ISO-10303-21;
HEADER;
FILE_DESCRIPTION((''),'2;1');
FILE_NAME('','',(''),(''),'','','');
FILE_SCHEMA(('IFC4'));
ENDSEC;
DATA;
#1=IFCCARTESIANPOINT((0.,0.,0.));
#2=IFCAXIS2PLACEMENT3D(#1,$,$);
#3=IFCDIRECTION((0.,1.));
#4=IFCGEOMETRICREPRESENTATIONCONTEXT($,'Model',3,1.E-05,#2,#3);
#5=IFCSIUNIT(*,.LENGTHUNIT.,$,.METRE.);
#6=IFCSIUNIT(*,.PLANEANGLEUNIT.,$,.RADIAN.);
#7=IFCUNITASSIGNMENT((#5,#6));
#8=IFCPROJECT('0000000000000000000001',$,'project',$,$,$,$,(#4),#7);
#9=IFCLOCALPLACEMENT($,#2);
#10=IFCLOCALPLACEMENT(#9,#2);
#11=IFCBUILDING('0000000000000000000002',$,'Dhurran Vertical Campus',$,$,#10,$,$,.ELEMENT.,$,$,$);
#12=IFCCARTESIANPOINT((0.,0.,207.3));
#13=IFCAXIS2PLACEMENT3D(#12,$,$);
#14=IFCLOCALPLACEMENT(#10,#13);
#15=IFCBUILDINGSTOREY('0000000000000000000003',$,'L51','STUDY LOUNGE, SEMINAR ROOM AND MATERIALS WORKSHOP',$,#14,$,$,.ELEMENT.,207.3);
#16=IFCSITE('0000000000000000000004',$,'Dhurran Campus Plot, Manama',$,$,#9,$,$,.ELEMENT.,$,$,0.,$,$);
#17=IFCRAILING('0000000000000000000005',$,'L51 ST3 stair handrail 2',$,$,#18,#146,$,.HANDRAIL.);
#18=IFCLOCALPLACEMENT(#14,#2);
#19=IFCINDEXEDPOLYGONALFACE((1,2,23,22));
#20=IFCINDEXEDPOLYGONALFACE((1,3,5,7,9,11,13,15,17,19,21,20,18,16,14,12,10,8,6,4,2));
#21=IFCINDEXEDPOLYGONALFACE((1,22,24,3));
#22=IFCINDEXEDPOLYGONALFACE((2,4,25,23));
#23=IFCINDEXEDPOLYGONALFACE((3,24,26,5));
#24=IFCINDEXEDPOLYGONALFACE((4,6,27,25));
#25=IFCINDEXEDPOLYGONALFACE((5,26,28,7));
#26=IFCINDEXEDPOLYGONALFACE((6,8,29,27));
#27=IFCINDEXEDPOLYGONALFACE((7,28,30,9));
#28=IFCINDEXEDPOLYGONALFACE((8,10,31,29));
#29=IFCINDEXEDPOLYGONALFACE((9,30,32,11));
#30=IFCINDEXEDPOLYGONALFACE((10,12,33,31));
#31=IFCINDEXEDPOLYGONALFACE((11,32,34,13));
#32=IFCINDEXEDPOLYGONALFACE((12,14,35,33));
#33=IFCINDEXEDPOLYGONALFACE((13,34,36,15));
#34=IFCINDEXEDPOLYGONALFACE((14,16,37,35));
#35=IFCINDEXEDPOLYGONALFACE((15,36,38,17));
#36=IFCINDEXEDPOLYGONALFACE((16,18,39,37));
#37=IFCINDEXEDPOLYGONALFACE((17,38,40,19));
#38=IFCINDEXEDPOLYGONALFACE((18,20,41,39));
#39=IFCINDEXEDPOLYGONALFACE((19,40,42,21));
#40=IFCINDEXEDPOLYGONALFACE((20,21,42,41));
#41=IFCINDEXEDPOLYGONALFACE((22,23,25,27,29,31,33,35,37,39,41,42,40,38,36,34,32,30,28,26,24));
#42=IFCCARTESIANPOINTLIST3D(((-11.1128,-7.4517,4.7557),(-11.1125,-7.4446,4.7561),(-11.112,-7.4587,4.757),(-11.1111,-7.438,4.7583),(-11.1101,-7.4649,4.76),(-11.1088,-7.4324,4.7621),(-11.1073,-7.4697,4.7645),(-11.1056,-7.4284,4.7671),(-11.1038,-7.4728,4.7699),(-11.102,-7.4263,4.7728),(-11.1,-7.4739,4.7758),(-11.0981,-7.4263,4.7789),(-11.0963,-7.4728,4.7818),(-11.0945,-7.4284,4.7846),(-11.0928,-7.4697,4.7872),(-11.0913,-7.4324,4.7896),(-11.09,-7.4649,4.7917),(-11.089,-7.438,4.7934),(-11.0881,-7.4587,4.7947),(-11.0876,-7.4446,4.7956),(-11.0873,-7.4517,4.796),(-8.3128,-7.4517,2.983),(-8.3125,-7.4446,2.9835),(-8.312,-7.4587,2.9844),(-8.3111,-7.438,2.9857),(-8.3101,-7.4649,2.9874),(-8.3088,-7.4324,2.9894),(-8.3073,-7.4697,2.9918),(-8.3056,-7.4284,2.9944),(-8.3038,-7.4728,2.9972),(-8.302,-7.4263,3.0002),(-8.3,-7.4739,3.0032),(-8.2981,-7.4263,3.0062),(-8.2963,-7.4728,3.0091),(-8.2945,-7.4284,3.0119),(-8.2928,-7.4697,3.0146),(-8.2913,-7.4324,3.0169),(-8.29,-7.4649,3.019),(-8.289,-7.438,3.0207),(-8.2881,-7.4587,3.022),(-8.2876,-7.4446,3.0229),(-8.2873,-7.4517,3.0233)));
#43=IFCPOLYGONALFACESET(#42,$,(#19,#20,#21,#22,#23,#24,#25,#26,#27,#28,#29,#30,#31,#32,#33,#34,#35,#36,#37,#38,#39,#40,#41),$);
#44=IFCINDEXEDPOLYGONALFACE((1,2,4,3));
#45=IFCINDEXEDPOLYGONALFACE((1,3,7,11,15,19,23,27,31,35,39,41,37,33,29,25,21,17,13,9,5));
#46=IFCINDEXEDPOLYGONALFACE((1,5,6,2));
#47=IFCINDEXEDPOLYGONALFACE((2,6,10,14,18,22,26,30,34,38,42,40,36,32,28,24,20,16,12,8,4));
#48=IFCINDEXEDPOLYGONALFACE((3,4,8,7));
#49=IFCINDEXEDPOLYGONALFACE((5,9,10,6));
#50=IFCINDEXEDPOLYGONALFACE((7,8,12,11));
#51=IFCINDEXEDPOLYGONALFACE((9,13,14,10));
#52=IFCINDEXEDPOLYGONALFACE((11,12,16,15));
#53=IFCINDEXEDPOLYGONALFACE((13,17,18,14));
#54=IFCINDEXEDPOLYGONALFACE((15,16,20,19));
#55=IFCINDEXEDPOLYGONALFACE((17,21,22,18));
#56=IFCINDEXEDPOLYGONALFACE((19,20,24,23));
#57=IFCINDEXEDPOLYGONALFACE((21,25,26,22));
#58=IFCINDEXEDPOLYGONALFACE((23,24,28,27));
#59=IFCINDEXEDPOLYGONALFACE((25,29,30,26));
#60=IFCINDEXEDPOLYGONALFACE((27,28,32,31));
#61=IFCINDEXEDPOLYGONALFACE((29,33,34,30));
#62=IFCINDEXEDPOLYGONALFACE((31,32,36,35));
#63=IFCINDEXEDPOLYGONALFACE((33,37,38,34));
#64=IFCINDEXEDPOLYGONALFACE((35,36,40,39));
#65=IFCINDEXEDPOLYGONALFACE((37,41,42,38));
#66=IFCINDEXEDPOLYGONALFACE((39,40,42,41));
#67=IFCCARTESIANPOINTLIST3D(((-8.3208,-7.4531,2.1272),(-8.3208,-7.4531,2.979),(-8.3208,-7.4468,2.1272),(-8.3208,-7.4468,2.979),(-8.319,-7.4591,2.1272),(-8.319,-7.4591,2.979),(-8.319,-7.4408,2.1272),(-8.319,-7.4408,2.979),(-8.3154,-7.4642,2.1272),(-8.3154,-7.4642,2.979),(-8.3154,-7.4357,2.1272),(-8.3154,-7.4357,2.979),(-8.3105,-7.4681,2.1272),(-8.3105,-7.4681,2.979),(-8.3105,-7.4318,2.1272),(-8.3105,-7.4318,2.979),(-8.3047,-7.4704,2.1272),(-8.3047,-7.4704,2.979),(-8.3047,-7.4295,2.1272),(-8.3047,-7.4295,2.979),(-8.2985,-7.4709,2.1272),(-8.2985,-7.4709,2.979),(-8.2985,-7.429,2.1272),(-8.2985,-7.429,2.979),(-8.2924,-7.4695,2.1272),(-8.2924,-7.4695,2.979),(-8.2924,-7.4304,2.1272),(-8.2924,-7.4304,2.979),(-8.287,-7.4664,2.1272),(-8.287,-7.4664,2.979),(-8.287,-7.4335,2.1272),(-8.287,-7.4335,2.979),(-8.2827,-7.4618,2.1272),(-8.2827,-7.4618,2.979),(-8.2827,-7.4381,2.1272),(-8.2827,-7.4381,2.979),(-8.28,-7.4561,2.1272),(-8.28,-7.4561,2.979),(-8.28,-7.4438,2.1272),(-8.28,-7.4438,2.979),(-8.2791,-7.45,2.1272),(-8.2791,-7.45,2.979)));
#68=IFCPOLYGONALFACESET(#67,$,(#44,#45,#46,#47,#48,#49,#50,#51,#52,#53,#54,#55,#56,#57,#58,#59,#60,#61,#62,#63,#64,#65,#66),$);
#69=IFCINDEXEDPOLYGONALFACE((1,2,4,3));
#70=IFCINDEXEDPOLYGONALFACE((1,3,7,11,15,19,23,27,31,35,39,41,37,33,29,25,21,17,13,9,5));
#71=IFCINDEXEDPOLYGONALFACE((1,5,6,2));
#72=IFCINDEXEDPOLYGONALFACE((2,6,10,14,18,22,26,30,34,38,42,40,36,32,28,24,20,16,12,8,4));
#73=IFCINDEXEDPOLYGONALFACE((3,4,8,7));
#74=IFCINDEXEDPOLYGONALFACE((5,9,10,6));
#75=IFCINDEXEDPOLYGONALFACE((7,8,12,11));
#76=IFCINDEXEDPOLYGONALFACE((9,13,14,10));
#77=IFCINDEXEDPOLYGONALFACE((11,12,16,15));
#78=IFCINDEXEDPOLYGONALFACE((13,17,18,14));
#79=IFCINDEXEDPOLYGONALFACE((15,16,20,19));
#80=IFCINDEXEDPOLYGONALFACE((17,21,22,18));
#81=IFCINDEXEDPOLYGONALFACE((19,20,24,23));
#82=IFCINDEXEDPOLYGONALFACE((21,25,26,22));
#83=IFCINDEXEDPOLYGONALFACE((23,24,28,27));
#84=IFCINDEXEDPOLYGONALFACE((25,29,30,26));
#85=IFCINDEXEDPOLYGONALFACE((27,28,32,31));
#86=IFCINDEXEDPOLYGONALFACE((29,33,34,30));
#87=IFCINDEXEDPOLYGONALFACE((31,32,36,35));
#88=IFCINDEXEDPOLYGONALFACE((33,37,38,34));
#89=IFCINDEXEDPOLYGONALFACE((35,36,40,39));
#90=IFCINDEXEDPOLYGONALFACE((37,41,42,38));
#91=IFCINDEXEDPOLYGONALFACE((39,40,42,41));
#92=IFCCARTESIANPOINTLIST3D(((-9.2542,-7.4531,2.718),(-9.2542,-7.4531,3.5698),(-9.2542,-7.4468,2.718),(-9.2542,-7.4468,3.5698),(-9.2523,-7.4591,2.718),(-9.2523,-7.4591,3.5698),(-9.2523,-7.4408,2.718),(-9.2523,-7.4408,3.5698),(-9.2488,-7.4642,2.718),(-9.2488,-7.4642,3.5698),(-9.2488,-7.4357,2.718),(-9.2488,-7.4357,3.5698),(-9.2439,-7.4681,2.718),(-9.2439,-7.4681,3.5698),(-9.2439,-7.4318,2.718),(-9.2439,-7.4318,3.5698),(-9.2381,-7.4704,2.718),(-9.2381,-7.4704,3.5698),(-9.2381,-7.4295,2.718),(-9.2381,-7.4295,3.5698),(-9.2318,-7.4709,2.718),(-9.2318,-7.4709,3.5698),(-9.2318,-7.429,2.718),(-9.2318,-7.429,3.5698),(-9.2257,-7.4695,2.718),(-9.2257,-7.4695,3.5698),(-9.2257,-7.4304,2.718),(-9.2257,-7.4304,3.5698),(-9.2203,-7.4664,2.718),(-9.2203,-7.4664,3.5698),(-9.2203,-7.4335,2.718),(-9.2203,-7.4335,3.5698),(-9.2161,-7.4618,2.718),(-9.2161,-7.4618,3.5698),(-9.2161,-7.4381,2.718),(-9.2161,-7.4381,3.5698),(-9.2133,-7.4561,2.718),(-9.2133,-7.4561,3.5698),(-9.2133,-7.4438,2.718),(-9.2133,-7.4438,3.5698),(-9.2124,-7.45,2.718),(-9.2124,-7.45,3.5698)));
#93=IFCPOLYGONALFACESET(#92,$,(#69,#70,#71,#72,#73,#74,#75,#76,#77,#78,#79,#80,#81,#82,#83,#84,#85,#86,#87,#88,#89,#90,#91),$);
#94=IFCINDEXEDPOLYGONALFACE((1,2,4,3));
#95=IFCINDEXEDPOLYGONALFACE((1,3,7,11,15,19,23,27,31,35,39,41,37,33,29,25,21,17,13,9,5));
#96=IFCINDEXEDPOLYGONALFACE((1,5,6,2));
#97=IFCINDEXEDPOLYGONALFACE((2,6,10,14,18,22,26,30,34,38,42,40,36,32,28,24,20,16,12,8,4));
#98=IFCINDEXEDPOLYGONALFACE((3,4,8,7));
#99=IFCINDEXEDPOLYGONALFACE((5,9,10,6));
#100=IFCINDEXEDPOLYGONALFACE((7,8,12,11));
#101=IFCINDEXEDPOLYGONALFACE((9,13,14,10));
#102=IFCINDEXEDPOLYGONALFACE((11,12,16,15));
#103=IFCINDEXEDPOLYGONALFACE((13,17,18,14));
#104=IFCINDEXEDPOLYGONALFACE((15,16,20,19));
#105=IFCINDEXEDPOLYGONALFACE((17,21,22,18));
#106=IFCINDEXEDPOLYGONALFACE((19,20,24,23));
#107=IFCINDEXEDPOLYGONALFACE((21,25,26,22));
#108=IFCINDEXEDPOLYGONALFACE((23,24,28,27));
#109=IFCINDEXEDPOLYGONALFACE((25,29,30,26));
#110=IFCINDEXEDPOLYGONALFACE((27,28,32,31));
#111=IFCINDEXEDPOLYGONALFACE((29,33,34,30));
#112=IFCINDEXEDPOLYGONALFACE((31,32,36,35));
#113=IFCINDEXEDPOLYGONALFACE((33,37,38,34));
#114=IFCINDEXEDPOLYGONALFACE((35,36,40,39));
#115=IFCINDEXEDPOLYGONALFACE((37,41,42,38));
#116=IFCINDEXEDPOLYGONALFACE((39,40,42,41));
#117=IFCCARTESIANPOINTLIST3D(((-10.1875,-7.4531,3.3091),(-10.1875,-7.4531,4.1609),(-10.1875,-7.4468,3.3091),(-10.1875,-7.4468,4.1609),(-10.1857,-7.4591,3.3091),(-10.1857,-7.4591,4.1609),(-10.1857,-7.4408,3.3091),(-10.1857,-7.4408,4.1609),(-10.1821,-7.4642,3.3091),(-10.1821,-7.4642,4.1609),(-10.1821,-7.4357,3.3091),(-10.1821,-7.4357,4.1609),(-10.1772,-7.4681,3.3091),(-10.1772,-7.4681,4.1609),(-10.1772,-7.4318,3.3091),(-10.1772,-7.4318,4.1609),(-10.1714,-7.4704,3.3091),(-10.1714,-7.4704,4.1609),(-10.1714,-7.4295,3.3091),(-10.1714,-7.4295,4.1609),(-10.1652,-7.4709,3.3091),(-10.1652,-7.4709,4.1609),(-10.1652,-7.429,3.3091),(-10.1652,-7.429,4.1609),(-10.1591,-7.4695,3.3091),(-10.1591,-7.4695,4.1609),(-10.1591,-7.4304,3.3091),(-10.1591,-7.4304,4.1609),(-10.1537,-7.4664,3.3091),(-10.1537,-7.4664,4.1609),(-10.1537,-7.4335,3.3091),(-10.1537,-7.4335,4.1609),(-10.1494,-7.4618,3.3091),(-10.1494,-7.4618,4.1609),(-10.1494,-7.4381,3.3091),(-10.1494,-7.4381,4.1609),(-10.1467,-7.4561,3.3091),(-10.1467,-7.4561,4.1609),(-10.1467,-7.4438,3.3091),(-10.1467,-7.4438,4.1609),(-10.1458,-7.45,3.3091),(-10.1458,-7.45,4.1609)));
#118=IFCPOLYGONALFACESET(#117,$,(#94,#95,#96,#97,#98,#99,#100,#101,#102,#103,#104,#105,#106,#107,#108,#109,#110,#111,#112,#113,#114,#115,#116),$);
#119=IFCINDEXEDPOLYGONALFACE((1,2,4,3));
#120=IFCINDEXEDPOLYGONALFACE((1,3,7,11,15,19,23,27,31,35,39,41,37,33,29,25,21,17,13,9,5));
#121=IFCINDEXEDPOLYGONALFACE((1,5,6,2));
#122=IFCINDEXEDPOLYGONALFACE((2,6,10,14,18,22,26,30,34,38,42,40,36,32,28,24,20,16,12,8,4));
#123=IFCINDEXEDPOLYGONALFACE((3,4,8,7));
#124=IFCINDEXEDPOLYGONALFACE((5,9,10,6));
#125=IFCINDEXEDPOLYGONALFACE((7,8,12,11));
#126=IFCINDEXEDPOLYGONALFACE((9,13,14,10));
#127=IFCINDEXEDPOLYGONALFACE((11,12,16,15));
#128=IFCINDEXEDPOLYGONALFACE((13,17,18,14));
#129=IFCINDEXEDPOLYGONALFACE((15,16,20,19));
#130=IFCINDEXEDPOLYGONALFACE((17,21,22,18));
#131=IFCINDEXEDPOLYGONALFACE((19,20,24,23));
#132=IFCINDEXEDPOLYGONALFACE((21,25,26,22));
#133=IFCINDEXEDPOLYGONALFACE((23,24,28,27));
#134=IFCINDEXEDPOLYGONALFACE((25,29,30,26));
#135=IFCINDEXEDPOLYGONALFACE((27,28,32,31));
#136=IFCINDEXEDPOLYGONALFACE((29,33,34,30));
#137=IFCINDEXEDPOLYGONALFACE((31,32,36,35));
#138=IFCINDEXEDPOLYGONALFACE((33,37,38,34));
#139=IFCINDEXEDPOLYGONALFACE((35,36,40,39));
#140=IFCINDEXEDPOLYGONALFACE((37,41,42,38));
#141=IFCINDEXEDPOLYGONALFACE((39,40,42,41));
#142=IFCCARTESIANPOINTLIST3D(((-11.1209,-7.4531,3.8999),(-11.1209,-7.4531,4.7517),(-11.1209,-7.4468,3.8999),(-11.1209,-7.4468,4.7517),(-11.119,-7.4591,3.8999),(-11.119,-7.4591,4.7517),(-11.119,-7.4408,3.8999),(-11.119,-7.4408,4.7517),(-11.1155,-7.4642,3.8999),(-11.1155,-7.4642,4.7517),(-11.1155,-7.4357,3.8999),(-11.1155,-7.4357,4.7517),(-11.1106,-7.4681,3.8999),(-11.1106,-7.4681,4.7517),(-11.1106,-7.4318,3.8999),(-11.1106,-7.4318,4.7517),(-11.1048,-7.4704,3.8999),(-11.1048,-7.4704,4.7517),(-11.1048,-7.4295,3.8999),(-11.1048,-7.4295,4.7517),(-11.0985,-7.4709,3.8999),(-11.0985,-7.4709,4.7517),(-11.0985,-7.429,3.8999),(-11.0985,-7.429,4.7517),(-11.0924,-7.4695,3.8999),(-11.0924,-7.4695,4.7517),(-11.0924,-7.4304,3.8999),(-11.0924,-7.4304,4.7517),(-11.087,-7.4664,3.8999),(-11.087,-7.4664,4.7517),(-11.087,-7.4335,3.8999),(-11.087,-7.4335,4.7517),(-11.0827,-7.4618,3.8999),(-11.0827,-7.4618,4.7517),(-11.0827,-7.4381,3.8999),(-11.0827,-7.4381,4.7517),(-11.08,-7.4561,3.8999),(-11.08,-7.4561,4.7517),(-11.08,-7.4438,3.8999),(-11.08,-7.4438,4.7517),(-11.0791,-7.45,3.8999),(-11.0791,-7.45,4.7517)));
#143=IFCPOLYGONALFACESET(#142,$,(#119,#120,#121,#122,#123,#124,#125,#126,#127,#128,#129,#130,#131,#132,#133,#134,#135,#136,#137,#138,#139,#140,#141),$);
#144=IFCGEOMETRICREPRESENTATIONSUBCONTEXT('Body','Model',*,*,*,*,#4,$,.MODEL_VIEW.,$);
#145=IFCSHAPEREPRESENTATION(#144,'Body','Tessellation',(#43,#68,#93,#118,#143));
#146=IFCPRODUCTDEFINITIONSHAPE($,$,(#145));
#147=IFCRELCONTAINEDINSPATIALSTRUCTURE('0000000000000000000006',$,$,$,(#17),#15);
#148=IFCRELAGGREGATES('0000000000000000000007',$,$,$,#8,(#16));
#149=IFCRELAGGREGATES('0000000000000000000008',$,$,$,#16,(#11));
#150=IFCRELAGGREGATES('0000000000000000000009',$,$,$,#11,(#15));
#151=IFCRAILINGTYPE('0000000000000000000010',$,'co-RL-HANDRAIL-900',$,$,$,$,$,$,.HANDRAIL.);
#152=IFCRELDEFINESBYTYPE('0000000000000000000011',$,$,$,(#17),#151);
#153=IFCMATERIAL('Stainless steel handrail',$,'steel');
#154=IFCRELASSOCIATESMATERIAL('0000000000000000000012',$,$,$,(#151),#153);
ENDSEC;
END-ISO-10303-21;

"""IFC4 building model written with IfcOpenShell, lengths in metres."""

from ifc_helpers import new_model, si_unit, direction, frame, origin, origin_2d, place, context, subcontext, project, spatial, circle, extrude, material, type_object, element, save


model = new_model("IFC4")

# Units and contexts
model_context = context("Model", 3, precision=1e-05, world=origin(), true_north=direction((0.0, 1.0)))
body_context = subcontext(model_context, "Body", "Model", "MODEL_VIEW")
ifc_project = project(units=[si_unit("LENGTHUNIT", "METRE"), si_unit("PLANEANGLEUNIT", "RADIAN")], contexts=[model_context])

# Site, building, storey
site_placement = place(None, origin())
site = spatial("IfcSite", under=ifc_project, at=site_placement, Name="Dhurran Campus Plot, Manama", CompositionType="ELEMENT", RefElevation=0.0)
building_placement = place(site_placement, origin())
building = spatial("IfcBuilding", under=site, at=building_placement, Name="Dhurran Vertical Campus", CompositionType="ELEMENT")
storey_placement = place(building_placement, frame((0.0, 0.0, 207.3)))
storey = spatial("IfcBuildingStorey", under=building, at=storey_placement, Name="L51", Description="STUDY LOUNGE, SEMINAR ROOM AND MATERIALS WORKSHOP", CompositionType="ELEMENT", Elevation=207.3)

# Railing
ifc_material_1 = material(Name="Stainless steel handrail", Category="steel")
railing_type = type_object("IfcRailingType", Name="co-RL-HANDRAIL-900", PredefinedType="HANDRAIL", material=ifc_material_1)
railing_placement = place(storey_placement, frame((-8.3, -7.45, 2.1272)))
element("IfcRailing", 1, at=railing_placement, inside=storey, type_object=railing_type, Name="L51 ST3 stair handrail 2", PredefinedType="HANDRAIL", context=body_context, shape_type="SweptSolid", body=[
    extrude(circle(Radius=0.0239, at=origin_2d()), frame((0.0, 0.0, 0.876), z_axis=(-0.844909, 0.0, 0.53491), x_axis=(0.0, -1.0, 0.0)), (0.0, 0.0, 1.0), 3.314),
    extrude(circle(Radius=0.021, at=origin_2d()), origin(), (0.0, 0.0, 1.0), 0.8518),
    extrude(circle(Radius=0.021, at=origin_2d()), frame((-0.9333, 0.0, 0.5908)), (0.0, 0.0, 1.0), 0.8518),
    extrude(circle(Radius=0.021, at=origin_2d()), frame((-1.8667, 0.0, 1.1819)), (0.0, 0.0, 1.0), 0.8518),
    extrude(circle(Radius=0.021, at=origin_2d()), frame((-2.8, 0.0, 1.7727)), (0.0, 0.0, 1.0), 0.8518),
])

save(model, "model.ifc")
